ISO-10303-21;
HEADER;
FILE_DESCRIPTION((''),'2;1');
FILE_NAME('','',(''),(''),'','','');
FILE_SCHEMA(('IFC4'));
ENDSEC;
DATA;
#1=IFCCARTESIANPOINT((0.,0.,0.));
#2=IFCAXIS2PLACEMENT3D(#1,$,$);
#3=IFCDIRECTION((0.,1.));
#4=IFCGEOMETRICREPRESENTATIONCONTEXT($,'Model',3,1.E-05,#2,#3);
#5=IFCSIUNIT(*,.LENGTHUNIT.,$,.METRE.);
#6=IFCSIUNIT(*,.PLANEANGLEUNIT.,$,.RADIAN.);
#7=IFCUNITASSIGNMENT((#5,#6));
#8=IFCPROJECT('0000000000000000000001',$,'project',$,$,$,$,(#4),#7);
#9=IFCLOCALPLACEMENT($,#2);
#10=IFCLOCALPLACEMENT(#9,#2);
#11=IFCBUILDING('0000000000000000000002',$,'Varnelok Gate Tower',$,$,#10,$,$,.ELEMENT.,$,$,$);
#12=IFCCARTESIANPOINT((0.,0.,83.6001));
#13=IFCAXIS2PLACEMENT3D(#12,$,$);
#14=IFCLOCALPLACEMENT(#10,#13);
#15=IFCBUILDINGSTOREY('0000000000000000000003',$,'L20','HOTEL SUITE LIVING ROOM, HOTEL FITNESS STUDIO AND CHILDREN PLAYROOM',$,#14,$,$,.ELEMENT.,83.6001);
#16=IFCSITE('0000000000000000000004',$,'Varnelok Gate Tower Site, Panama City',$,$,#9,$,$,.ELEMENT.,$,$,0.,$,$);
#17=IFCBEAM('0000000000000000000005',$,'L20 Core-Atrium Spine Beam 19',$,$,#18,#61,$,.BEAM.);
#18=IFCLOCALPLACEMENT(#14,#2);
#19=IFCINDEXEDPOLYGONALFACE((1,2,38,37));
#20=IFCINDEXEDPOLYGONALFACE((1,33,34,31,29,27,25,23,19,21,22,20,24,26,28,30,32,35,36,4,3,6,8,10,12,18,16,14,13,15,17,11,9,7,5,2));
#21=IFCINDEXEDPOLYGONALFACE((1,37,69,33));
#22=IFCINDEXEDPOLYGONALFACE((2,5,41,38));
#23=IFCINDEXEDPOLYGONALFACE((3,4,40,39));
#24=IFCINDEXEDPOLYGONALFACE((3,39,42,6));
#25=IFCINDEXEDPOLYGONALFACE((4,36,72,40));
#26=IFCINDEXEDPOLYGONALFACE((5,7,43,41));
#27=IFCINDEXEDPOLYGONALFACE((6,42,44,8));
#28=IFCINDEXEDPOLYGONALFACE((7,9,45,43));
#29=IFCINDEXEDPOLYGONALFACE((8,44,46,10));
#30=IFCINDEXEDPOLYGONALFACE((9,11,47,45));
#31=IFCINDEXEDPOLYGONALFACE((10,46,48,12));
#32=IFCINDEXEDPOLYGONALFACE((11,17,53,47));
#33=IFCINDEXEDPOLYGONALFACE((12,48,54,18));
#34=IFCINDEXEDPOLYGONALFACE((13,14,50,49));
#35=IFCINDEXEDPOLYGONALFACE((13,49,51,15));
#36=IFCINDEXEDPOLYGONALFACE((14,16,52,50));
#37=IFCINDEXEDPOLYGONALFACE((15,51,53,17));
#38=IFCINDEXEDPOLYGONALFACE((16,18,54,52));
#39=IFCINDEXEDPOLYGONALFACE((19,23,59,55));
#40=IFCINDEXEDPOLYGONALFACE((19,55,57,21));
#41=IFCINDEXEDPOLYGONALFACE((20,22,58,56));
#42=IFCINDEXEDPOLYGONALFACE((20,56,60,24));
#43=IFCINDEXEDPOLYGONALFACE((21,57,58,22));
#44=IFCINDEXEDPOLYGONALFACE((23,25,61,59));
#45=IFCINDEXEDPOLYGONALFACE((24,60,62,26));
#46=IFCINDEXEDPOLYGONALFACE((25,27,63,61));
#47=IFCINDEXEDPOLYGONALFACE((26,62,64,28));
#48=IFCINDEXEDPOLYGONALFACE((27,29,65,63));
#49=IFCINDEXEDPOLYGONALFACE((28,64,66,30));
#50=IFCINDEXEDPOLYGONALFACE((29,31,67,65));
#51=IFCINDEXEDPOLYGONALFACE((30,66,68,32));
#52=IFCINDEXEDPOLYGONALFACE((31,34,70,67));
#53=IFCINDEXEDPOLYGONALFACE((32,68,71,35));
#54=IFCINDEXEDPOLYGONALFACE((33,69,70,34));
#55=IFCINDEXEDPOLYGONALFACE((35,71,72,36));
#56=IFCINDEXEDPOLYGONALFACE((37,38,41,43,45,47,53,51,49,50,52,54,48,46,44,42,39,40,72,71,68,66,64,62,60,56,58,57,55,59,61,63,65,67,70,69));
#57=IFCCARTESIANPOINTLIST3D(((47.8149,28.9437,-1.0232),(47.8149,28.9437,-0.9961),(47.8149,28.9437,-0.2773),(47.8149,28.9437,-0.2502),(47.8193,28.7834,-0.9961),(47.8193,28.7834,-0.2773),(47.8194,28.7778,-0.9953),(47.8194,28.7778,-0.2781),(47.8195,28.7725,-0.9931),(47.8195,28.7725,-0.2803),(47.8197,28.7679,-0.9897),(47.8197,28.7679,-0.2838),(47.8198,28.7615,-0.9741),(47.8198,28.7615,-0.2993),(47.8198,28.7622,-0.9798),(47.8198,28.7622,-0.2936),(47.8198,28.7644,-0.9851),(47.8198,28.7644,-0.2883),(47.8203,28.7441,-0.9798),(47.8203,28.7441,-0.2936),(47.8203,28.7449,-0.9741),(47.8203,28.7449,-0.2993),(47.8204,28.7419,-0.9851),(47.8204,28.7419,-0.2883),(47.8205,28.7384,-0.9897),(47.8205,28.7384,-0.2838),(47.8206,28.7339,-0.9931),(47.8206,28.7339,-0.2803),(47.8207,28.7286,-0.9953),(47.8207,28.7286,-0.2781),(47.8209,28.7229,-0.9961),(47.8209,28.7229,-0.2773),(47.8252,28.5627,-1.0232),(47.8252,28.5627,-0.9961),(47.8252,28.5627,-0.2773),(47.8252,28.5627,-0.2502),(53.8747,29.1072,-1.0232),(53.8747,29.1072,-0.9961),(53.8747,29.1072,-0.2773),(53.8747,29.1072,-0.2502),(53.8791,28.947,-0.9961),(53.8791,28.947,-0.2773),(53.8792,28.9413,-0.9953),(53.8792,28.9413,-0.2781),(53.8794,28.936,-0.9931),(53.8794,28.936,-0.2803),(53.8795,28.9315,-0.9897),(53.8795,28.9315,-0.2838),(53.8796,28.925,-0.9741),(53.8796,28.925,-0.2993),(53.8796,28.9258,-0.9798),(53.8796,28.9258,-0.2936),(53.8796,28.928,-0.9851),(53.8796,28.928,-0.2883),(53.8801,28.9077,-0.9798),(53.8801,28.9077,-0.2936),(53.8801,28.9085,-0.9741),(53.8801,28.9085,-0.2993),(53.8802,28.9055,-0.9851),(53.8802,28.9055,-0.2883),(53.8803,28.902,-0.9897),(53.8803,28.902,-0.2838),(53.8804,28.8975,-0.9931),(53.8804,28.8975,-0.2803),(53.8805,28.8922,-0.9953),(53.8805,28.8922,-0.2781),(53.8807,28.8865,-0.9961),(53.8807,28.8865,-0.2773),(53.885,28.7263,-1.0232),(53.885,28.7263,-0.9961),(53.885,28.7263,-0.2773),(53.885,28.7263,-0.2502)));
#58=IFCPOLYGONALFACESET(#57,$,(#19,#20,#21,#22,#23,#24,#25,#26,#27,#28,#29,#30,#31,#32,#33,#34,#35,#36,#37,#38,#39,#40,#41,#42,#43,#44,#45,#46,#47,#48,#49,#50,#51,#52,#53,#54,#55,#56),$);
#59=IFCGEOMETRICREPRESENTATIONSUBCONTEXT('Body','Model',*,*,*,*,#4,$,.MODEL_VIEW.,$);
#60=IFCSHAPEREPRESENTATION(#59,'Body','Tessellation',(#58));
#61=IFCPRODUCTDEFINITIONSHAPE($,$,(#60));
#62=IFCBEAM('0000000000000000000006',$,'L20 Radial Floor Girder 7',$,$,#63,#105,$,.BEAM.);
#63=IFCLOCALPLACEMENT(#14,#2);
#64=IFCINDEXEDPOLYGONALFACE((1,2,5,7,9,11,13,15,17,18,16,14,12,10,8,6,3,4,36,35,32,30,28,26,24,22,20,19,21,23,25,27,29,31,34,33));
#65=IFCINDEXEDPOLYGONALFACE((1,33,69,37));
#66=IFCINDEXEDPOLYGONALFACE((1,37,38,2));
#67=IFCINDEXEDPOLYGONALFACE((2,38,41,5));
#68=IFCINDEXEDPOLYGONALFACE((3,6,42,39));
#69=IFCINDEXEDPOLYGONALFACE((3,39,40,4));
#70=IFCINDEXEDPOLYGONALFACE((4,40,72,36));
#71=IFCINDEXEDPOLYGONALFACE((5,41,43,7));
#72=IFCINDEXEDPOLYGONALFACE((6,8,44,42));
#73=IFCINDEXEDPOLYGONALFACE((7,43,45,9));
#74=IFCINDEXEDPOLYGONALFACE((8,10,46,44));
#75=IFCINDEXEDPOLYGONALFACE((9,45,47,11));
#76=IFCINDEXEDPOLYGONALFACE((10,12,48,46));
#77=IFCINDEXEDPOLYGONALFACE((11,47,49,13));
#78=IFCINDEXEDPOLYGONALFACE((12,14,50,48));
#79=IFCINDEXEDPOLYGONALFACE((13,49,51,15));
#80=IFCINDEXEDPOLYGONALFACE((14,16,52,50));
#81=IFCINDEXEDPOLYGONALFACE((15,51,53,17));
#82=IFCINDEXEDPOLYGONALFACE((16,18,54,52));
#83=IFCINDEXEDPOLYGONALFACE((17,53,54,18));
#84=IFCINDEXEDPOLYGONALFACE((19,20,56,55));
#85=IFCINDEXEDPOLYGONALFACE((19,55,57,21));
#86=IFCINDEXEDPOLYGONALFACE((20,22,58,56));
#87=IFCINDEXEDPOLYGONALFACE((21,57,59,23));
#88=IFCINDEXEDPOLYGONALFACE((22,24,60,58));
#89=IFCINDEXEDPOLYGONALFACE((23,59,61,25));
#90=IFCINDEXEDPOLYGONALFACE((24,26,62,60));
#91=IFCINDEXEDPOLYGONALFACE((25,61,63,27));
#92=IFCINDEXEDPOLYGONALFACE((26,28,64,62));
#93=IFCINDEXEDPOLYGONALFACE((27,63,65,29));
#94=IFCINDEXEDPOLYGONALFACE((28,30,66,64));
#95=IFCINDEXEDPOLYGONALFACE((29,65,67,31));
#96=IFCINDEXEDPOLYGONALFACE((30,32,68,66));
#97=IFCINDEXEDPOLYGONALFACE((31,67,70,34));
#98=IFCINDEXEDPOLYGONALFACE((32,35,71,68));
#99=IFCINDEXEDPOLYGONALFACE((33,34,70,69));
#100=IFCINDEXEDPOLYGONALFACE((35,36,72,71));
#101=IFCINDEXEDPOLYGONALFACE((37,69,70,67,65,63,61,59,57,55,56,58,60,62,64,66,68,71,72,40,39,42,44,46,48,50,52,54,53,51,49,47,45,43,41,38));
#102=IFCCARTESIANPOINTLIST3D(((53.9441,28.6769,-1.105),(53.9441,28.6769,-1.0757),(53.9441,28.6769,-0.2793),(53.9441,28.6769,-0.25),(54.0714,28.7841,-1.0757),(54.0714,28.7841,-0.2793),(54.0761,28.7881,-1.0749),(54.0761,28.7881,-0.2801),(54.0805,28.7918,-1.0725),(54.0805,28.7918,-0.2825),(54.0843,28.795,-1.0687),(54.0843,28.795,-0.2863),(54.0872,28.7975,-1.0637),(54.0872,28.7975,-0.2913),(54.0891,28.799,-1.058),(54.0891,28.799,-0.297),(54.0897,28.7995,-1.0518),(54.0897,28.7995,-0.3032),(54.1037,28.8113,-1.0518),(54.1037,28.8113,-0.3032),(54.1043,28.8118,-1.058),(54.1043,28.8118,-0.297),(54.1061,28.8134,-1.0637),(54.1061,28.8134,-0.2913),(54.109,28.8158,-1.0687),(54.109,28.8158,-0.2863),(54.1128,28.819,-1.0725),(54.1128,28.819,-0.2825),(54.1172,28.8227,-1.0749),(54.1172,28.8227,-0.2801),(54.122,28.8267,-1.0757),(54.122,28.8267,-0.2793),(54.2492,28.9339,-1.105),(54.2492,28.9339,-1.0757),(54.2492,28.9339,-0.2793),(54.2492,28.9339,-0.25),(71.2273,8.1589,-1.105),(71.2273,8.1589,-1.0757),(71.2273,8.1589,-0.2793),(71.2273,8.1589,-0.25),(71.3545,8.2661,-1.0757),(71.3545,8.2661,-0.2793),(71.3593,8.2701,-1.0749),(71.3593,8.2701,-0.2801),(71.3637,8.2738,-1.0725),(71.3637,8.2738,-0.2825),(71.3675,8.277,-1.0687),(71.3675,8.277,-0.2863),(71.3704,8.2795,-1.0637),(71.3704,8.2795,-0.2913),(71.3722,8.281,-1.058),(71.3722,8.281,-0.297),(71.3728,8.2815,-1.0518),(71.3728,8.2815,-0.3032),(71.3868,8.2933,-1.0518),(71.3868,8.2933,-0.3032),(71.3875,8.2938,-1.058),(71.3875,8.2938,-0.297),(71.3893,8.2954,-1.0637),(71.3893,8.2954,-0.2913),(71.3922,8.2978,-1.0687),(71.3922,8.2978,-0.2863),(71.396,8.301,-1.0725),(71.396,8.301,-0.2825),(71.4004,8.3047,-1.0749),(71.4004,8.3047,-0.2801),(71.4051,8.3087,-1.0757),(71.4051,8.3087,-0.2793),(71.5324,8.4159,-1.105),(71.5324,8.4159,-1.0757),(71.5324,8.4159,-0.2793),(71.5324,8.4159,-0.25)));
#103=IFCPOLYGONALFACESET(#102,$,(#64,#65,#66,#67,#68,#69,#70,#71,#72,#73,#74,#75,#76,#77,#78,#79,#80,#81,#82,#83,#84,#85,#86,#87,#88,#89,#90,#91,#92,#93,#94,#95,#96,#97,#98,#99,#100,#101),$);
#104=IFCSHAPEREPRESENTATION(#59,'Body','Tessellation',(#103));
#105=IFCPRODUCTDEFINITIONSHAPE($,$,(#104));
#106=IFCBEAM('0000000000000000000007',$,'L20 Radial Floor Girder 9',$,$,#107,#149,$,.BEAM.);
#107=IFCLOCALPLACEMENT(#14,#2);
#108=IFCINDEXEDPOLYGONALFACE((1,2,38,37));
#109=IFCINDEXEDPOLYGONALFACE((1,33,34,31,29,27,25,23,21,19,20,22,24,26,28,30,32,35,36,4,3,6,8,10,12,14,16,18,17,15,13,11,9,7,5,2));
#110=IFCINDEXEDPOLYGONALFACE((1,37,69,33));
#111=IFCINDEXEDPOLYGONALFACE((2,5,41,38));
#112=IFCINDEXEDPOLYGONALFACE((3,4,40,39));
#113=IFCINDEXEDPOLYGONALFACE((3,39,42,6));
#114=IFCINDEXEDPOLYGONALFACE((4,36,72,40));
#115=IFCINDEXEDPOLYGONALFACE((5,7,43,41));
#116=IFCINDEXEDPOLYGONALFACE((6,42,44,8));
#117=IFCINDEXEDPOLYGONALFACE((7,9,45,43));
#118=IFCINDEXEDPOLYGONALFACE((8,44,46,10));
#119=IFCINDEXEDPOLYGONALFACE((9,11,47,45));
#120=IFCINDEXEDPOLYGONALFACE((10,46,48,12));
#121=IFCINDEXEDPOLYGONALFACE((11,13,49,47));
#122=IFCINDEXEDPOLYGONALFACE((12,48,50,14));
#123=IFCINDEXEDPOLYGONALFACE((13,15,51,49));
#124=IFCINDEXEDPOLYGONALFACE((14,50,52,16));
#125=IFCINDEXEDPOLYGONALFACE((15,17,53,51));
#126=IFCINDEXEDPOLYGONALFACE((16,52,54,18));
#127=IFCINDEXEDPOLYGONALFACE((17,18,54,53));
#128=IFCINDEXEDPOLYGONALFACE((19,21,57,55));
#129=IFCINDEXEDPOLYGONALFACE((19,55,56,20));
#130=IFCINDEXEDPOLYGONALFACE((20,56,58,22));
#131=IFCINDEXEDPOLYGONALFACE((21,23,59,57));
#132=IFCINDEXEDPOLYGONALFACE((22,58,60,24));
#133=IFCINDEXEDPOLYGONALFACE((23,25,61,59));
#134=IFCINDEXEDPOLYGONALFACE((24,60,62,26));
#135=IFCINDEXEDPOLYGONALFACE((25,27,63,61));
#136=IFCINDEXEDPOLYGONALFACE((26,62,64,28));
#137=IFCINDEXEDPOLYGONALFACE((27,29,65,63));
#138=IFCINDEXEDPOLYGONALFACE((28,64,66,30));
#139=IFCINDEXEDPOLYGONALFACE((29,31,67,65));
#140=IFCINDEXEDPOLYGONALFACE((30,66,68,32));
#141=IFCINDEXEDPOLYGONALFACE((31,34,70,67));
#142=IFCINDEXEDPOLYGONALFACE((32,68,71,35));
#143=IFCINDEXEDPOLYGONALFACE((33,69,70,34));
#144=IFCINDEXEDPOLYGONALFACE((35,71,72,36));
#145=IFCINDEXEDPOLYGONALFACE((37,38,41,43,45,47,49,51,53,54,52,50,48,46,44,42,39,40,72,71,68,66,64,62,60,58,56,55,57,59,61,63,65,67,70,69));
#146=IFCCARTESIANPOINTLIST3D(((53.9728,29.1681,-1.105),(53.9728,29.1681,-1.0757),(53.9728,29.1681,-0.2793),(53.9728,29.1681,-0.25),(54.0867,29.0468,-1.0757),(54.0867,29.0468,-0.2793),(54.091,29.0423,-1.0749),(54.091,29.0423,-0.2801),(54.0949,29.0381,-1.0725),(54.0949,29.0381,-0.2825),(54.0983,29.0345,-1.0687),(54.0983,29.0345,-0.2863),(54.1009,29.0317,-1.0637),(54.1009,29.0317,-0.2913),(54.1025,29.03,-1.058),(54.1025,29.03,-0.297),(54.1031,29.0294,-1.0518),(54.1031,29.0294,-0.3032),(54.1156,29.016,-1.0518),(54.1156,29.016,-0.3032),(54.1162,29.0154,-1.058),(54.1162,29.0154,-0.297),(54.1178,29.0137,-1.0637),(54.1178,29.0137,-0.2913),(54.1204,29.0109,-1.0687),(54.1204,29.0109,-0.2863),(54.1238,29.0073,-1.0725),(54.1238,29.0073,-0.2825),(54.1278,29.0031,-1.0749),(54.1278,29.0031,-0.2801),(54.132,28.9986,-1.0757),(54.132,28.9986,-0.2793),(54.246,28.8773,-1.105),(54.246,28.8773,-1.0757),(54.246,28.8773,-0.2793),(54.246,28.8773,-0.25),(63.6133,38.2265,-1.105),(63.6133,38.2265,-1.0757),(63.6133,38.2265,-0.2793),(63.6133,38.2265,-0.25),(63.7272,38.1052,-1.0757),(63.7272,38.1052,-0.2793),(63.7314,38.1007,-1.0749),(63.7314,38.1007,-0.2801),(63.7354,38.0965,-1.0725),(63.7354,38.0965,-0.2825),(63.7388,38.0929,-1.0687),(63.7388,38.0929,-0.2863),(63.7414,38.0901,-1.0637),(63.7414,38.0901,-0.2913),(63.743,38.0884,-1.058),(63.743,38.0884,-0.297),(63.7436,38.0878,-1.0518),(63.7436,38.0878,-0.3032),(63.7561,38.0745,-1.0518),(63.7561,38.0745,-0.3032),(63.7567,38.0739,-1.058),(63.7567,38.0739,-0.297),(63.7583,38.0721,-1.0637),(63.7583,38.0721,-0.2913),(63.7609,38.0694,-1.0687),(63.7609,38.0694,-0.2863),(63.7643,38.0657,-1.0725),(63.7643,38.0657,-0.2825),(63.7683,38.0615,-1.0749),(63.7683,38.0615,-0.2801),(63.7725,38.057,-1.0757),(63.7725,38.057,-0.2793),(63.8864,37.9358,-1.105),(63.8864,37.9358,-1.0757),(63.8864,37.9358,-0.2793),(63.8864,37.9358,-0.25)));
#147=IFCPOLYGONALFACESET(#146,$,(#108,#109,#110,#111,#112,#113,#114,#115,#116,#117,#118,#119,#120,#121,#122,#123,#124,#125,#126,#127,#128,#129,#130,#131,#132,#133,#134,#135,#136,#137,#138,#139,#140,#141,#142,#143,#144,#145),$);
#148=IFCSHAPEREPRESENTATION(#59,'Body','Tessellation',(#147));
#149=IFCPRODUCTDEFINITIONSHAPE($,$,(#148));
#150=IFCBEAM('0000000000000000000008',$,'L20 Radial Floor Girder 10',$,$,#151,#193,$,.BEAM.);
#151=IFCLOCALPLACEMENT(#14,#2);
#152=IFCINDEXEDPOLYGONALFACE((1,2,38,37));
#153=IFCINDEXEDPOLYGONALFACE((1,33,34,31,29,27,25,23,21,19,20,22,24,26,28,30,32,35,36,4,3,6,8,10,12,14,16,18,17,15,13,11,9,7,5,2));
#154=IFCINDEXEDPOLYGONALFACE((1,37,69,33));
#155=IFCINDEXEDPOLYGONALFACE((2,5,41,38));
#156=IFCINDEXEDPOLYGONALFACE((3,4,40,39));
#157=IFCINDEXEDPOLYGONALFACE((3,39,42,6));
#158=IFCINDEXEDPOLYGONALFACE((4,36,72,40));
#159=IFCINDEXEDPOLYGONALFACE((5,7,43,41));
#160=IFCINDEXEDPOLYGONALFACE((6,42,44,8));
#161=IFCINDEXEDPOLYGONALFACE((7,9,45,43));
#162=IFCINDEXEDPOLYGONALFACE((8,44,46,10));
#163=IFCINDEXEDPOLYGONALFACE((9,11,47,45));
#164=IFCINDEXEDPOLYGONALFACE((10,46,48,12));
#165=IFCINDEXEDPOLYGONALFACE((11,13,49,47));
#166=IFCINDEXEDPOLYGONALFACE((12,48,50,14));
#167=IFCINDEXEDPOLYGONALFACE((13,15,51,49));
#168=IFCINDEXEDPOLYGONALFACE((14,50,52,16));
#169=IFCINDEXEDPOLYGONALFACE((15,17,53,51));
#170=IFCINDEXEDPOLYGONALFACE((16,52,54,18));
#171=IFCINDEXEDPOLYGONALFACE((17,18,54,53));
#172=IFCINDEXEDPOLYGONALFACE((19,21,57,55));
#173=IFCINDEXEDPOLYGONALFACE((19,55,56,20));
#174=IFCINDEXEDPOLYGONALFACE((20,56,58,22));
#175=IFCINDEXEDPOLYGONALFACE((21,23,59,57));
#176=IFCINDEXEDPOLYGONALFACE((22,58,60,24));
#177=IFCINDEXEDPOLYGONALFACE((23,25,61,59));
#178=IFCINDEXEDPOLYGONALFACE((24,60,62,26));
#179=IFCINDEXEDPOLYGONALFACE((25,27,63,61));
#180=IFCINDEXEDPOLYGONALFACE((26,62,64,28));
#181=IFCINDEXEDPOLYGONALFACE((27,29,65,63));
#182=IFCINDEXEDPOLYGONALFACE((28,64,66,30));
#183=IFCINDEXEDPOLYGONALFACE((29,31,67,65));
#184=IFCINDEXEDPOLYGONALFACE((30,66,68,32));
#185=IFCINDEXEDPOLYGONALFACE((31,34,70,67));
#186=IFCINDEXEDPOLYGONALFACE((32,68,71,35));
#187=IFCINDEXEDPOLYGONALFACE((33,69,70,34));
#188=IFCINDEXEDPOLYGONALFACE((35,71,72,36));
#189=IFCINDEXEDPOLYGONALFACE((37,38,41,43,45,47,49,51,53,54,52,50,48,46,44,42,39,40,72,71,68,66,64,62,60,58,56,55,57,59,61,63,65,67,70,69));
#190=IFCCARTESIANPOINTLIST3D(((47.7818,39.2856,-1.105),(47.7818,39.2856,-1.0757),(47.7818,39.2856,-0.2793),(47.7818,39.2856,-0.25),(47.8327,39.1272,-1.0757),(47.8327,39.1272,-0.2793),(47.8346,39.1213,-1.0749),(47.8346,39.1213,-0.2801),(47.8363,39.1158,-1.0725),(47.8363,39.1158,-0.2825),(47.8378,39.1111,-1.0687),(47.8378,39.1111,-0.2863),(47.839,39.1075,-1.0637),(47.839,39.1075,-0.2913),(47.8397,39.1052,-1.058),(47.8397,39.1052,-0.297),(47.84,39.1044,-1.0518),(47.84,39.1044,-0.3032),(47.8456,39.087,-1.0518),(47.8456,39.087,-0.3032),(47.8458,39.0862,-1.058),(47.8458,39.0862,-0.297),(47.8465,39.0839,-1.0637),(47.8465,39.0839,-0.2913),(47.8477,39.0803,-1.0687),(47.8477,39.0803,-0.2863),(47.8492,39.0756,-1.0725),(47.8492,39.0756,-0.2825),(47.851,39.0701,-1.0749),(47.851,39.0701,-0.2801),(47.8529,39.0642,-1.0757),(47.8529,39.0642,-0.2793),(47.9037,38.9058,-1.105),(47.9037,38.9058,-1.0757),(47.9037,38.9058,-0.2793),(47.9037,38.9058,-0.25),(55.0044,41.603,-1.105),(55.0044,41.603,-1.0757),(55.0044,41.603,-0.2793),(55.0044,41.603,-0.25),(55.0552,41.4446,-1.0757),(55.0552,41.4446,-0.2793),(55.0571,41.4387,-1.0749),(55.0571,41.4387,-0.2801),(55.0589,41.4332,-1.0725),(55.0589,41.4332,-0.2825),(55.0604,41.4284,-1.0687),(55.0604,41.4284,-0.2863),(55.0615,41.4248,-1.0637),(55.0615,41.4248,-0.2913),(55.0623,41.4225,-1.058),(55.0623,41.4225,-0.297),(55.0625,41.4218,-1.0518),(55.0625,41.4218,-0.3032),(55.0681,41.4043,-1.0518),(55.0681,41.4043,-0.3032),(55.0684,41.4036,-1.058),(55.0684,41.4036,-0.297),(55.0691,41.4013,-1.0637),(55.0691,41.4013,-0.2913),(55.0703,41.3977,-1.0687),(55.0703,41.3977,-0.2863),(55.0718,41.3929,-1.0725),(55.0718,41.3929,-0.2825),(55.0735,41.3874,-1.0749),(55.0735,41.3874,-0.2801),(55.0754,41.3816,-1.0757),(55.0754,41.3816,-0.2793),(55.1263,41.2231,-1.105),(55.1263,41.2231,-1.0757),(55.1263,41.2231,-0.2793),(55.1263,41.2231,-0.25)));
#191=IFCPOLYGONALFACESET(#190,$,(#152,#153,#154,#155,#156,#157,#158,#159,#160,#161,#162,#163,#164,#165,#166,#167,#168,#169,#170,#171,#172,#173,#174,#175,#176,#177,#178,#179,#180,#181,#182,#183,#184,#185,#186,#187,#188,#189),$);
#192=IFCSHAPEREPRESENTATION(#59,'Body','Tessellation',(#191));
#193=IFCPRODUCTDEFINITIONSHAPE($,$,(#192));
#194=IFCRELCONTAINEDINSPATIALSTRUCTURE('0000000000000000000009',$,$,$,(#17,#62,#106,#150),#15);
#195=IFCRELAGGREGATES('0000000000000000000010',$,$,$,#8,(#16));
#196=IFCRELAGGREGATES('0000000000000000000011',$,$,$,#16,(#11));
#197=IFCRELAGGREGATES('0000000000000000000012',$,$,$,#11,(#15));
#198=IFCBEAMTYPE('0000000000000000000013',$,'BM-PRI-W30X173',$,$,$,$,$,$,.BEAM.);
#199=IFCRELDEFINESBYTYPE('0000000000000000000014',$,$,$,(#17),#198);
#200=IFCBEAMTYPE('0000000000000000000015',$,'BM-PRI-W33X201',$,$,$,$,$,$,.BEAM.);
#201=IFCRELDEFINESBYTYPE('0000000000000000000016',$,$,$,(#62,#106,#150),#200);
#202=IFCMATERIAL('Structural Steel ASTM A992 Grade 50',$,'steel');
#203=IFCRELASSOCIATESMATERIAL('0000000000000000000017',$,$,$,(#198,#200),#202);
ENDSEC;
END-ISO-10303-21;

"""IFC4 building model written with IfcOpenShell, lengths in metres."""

from ifc_helpers import new_model, si_unit, direction, frame, origin, origin_2d, place, context, subcontext, project, spatial, i_section, extrude, material, material_profile, profile_set, type_object, element, save


model = new_model("IFC4")

# Units and contexts
model_context = context("Model", 3, precision=1e-05, world=origin(), true_north=direction((0.0, 1.0)))
body_context = subcontext(model_context, "Body", "Model", "MODEL_VIEW")
ifc_project = project(units=[si_unit("LENGTHUNIT", "METRE"), si_unit("PLANEANGLEUNIT", "RADIAN")], contexts=[model_context])

# Site, building, storey
site_placement = place(None, origin())
site = spatial("IfcSite", under=ifc_project, at=site_placement, Name="Varnelok Gate Tower Site, Panama City", CompositionType="ELEMENT", RefElevation=0.0)
building_placement = place(site_placement, origin())
building = spatial("IfcBuilding", under=site, at=building_placement, Name="Varnelok Gate Tower", CompositionType="ELEMENT")
storey_placement = place(building_placement, frame((0.0, 0.0, 83.6001)))
storey = spatial("IfcBuildingStorey", under=building, at=storey_placement, Name="L20", Description="HOTEL SUITE LIVING ROOM, HOTEL FITNESS STUDIO AND CHILDREN PLAYROOM", CompositionType="ELEMENT", Elevation=83.6001)

# Shared definitions
ifc_material_1 = material(Name="Structural Steel ASTM A992 Grade 50", Category="steel")

# Beams
ifc_material_profile_1 = material_profile(ifc_material_1, i_section(OverallWidth=0.3811, OverallDepth=0.7729, WebThickness=0.0166, FlangeThickness=0.0271, FilletRadius=0.022, at=origin_2d()), Name="W30X173")
ifc_profile_set_1 = profile_set([ifc_material_profile_1], Name="Structural Steel ASTM A992 Grade 50")
beam_type_1 = type_object("IfcBeamType", Name="BM-PRI-W30X173", PredefinedType="BEAM", material=ifc_profile_set_1)
beam_1_placement = place(storey_placement, frame((47.8201, 28.7532, -0.6367), z_axis=(0.999636, 0.026983, 0.0), x_axis=(-0.026983, 0.999636, 0.0)))
element("IfcBeam", 1, at=beam_1_placement, inside=storey, type_object=beam_type_1, Name="L20 Core-Atrium Spine Beam 19", PredefinedType="BEAM", context=body_context, shape_type="SweptSolid", body=[
    extrude(i_section(OverallWidth=0.3811, OverallDepth=0.7729, WebThickness=0.0166, FlangeThickness=0.0271, FilletRadius=0.022, at=origin_2d()), origin(), (0.0, 0.0, 1.0), 6.062),
])
ifc_material_profile_2 = material_profile(ifc_material_1, i_section(OverallWidth=0.3989, OverallDepth=0.855, WebThickness=0.0183, FlangeThickness=0.0293, FilletRadius=0.0239, at=origin_2d()), Name="W33X201")
ifc_profile_set_2 = profile_set([ifc_material_profile_2], Name="Structural Steel ASTM A992 Grade 50")
beam_type_2 = type_object("IfcBeamType", Name="BM-PRI-W33X201", PredefinedType="BEAM", material=ifc_profile_set_2)
beam_2_placement = place(storey_placement, frame((54.0967, 28.8054, -0.6775), z_axis=(0.644241, -0.764822, 0.0), x_axis=(0.764822, 0.644241, 0.0)))
element("IfcBeam", 2, at=beam_2_placement, inside=storey, type_object=beam_type_2, Name="L20 Radial Floor Girder 7", PredefinedType="BEAM", context=body_context, shape_type="SweptSolid", body=[
    extrude(i_section(OverallWidth=0.3989, OverallDepth=0.855, WebThickness=0.0183, FlangeThickness=0.0293, FilletRadius=0.0239, at=origin_2d()), origin(), (0.0, 0.0, 1.0), 26.8271),
])
beam_3_placement = place(storey_placement, frame((54.1094, 29.0227, -0.6775), z_axis=(0.728764, 0.684765, 0.0), x_axis=(-0.684765, 0.728764, 0.0)))
element("IfcBeam", 3, at=beam_3_placement, inside=storey, type_object=beam_type_2, Name="L20 Radial Floor Girder 9", PredefinedType="BEAM", context=body_context, shape_type="SweptSolid", body=[
    extrude(i_section(OverallWidth=0.3989, OverallDepth=0.855, WebThickness=0.0183, FlangeThickness=0.0293, FilletRadius=0.0239, at=origin_2d()), origin(), (0.0, 0.0, 1.0), 13.2285),
])
beam_4_placement = place(storey_placement, frame((47.8428, 39.0957, -0.6775), z_axis=(0.952189, 0.305509, 0.0), x_axis=(-0.305509, 0.952189, 0.0)))
element("IfcBeam", 4, at=beam_4_placement, inside=storey, type_object=beam_type_2, Name="L20 Radial Floor Girder 10", PredefinedType="BEAM", context=body_context, shape_type="SweptSolid", body=[
    extrude(i_section(OverallWidth=0.3989, OverallDepth=0.855, WebThickness=0.0183, FlangeThickness=0.0293, FilletRadius=0.0239, at=origin_2d()), origin(), (0.0, 0.0, 1.0), 7.5852),
])

save(model, "model.ifc")
